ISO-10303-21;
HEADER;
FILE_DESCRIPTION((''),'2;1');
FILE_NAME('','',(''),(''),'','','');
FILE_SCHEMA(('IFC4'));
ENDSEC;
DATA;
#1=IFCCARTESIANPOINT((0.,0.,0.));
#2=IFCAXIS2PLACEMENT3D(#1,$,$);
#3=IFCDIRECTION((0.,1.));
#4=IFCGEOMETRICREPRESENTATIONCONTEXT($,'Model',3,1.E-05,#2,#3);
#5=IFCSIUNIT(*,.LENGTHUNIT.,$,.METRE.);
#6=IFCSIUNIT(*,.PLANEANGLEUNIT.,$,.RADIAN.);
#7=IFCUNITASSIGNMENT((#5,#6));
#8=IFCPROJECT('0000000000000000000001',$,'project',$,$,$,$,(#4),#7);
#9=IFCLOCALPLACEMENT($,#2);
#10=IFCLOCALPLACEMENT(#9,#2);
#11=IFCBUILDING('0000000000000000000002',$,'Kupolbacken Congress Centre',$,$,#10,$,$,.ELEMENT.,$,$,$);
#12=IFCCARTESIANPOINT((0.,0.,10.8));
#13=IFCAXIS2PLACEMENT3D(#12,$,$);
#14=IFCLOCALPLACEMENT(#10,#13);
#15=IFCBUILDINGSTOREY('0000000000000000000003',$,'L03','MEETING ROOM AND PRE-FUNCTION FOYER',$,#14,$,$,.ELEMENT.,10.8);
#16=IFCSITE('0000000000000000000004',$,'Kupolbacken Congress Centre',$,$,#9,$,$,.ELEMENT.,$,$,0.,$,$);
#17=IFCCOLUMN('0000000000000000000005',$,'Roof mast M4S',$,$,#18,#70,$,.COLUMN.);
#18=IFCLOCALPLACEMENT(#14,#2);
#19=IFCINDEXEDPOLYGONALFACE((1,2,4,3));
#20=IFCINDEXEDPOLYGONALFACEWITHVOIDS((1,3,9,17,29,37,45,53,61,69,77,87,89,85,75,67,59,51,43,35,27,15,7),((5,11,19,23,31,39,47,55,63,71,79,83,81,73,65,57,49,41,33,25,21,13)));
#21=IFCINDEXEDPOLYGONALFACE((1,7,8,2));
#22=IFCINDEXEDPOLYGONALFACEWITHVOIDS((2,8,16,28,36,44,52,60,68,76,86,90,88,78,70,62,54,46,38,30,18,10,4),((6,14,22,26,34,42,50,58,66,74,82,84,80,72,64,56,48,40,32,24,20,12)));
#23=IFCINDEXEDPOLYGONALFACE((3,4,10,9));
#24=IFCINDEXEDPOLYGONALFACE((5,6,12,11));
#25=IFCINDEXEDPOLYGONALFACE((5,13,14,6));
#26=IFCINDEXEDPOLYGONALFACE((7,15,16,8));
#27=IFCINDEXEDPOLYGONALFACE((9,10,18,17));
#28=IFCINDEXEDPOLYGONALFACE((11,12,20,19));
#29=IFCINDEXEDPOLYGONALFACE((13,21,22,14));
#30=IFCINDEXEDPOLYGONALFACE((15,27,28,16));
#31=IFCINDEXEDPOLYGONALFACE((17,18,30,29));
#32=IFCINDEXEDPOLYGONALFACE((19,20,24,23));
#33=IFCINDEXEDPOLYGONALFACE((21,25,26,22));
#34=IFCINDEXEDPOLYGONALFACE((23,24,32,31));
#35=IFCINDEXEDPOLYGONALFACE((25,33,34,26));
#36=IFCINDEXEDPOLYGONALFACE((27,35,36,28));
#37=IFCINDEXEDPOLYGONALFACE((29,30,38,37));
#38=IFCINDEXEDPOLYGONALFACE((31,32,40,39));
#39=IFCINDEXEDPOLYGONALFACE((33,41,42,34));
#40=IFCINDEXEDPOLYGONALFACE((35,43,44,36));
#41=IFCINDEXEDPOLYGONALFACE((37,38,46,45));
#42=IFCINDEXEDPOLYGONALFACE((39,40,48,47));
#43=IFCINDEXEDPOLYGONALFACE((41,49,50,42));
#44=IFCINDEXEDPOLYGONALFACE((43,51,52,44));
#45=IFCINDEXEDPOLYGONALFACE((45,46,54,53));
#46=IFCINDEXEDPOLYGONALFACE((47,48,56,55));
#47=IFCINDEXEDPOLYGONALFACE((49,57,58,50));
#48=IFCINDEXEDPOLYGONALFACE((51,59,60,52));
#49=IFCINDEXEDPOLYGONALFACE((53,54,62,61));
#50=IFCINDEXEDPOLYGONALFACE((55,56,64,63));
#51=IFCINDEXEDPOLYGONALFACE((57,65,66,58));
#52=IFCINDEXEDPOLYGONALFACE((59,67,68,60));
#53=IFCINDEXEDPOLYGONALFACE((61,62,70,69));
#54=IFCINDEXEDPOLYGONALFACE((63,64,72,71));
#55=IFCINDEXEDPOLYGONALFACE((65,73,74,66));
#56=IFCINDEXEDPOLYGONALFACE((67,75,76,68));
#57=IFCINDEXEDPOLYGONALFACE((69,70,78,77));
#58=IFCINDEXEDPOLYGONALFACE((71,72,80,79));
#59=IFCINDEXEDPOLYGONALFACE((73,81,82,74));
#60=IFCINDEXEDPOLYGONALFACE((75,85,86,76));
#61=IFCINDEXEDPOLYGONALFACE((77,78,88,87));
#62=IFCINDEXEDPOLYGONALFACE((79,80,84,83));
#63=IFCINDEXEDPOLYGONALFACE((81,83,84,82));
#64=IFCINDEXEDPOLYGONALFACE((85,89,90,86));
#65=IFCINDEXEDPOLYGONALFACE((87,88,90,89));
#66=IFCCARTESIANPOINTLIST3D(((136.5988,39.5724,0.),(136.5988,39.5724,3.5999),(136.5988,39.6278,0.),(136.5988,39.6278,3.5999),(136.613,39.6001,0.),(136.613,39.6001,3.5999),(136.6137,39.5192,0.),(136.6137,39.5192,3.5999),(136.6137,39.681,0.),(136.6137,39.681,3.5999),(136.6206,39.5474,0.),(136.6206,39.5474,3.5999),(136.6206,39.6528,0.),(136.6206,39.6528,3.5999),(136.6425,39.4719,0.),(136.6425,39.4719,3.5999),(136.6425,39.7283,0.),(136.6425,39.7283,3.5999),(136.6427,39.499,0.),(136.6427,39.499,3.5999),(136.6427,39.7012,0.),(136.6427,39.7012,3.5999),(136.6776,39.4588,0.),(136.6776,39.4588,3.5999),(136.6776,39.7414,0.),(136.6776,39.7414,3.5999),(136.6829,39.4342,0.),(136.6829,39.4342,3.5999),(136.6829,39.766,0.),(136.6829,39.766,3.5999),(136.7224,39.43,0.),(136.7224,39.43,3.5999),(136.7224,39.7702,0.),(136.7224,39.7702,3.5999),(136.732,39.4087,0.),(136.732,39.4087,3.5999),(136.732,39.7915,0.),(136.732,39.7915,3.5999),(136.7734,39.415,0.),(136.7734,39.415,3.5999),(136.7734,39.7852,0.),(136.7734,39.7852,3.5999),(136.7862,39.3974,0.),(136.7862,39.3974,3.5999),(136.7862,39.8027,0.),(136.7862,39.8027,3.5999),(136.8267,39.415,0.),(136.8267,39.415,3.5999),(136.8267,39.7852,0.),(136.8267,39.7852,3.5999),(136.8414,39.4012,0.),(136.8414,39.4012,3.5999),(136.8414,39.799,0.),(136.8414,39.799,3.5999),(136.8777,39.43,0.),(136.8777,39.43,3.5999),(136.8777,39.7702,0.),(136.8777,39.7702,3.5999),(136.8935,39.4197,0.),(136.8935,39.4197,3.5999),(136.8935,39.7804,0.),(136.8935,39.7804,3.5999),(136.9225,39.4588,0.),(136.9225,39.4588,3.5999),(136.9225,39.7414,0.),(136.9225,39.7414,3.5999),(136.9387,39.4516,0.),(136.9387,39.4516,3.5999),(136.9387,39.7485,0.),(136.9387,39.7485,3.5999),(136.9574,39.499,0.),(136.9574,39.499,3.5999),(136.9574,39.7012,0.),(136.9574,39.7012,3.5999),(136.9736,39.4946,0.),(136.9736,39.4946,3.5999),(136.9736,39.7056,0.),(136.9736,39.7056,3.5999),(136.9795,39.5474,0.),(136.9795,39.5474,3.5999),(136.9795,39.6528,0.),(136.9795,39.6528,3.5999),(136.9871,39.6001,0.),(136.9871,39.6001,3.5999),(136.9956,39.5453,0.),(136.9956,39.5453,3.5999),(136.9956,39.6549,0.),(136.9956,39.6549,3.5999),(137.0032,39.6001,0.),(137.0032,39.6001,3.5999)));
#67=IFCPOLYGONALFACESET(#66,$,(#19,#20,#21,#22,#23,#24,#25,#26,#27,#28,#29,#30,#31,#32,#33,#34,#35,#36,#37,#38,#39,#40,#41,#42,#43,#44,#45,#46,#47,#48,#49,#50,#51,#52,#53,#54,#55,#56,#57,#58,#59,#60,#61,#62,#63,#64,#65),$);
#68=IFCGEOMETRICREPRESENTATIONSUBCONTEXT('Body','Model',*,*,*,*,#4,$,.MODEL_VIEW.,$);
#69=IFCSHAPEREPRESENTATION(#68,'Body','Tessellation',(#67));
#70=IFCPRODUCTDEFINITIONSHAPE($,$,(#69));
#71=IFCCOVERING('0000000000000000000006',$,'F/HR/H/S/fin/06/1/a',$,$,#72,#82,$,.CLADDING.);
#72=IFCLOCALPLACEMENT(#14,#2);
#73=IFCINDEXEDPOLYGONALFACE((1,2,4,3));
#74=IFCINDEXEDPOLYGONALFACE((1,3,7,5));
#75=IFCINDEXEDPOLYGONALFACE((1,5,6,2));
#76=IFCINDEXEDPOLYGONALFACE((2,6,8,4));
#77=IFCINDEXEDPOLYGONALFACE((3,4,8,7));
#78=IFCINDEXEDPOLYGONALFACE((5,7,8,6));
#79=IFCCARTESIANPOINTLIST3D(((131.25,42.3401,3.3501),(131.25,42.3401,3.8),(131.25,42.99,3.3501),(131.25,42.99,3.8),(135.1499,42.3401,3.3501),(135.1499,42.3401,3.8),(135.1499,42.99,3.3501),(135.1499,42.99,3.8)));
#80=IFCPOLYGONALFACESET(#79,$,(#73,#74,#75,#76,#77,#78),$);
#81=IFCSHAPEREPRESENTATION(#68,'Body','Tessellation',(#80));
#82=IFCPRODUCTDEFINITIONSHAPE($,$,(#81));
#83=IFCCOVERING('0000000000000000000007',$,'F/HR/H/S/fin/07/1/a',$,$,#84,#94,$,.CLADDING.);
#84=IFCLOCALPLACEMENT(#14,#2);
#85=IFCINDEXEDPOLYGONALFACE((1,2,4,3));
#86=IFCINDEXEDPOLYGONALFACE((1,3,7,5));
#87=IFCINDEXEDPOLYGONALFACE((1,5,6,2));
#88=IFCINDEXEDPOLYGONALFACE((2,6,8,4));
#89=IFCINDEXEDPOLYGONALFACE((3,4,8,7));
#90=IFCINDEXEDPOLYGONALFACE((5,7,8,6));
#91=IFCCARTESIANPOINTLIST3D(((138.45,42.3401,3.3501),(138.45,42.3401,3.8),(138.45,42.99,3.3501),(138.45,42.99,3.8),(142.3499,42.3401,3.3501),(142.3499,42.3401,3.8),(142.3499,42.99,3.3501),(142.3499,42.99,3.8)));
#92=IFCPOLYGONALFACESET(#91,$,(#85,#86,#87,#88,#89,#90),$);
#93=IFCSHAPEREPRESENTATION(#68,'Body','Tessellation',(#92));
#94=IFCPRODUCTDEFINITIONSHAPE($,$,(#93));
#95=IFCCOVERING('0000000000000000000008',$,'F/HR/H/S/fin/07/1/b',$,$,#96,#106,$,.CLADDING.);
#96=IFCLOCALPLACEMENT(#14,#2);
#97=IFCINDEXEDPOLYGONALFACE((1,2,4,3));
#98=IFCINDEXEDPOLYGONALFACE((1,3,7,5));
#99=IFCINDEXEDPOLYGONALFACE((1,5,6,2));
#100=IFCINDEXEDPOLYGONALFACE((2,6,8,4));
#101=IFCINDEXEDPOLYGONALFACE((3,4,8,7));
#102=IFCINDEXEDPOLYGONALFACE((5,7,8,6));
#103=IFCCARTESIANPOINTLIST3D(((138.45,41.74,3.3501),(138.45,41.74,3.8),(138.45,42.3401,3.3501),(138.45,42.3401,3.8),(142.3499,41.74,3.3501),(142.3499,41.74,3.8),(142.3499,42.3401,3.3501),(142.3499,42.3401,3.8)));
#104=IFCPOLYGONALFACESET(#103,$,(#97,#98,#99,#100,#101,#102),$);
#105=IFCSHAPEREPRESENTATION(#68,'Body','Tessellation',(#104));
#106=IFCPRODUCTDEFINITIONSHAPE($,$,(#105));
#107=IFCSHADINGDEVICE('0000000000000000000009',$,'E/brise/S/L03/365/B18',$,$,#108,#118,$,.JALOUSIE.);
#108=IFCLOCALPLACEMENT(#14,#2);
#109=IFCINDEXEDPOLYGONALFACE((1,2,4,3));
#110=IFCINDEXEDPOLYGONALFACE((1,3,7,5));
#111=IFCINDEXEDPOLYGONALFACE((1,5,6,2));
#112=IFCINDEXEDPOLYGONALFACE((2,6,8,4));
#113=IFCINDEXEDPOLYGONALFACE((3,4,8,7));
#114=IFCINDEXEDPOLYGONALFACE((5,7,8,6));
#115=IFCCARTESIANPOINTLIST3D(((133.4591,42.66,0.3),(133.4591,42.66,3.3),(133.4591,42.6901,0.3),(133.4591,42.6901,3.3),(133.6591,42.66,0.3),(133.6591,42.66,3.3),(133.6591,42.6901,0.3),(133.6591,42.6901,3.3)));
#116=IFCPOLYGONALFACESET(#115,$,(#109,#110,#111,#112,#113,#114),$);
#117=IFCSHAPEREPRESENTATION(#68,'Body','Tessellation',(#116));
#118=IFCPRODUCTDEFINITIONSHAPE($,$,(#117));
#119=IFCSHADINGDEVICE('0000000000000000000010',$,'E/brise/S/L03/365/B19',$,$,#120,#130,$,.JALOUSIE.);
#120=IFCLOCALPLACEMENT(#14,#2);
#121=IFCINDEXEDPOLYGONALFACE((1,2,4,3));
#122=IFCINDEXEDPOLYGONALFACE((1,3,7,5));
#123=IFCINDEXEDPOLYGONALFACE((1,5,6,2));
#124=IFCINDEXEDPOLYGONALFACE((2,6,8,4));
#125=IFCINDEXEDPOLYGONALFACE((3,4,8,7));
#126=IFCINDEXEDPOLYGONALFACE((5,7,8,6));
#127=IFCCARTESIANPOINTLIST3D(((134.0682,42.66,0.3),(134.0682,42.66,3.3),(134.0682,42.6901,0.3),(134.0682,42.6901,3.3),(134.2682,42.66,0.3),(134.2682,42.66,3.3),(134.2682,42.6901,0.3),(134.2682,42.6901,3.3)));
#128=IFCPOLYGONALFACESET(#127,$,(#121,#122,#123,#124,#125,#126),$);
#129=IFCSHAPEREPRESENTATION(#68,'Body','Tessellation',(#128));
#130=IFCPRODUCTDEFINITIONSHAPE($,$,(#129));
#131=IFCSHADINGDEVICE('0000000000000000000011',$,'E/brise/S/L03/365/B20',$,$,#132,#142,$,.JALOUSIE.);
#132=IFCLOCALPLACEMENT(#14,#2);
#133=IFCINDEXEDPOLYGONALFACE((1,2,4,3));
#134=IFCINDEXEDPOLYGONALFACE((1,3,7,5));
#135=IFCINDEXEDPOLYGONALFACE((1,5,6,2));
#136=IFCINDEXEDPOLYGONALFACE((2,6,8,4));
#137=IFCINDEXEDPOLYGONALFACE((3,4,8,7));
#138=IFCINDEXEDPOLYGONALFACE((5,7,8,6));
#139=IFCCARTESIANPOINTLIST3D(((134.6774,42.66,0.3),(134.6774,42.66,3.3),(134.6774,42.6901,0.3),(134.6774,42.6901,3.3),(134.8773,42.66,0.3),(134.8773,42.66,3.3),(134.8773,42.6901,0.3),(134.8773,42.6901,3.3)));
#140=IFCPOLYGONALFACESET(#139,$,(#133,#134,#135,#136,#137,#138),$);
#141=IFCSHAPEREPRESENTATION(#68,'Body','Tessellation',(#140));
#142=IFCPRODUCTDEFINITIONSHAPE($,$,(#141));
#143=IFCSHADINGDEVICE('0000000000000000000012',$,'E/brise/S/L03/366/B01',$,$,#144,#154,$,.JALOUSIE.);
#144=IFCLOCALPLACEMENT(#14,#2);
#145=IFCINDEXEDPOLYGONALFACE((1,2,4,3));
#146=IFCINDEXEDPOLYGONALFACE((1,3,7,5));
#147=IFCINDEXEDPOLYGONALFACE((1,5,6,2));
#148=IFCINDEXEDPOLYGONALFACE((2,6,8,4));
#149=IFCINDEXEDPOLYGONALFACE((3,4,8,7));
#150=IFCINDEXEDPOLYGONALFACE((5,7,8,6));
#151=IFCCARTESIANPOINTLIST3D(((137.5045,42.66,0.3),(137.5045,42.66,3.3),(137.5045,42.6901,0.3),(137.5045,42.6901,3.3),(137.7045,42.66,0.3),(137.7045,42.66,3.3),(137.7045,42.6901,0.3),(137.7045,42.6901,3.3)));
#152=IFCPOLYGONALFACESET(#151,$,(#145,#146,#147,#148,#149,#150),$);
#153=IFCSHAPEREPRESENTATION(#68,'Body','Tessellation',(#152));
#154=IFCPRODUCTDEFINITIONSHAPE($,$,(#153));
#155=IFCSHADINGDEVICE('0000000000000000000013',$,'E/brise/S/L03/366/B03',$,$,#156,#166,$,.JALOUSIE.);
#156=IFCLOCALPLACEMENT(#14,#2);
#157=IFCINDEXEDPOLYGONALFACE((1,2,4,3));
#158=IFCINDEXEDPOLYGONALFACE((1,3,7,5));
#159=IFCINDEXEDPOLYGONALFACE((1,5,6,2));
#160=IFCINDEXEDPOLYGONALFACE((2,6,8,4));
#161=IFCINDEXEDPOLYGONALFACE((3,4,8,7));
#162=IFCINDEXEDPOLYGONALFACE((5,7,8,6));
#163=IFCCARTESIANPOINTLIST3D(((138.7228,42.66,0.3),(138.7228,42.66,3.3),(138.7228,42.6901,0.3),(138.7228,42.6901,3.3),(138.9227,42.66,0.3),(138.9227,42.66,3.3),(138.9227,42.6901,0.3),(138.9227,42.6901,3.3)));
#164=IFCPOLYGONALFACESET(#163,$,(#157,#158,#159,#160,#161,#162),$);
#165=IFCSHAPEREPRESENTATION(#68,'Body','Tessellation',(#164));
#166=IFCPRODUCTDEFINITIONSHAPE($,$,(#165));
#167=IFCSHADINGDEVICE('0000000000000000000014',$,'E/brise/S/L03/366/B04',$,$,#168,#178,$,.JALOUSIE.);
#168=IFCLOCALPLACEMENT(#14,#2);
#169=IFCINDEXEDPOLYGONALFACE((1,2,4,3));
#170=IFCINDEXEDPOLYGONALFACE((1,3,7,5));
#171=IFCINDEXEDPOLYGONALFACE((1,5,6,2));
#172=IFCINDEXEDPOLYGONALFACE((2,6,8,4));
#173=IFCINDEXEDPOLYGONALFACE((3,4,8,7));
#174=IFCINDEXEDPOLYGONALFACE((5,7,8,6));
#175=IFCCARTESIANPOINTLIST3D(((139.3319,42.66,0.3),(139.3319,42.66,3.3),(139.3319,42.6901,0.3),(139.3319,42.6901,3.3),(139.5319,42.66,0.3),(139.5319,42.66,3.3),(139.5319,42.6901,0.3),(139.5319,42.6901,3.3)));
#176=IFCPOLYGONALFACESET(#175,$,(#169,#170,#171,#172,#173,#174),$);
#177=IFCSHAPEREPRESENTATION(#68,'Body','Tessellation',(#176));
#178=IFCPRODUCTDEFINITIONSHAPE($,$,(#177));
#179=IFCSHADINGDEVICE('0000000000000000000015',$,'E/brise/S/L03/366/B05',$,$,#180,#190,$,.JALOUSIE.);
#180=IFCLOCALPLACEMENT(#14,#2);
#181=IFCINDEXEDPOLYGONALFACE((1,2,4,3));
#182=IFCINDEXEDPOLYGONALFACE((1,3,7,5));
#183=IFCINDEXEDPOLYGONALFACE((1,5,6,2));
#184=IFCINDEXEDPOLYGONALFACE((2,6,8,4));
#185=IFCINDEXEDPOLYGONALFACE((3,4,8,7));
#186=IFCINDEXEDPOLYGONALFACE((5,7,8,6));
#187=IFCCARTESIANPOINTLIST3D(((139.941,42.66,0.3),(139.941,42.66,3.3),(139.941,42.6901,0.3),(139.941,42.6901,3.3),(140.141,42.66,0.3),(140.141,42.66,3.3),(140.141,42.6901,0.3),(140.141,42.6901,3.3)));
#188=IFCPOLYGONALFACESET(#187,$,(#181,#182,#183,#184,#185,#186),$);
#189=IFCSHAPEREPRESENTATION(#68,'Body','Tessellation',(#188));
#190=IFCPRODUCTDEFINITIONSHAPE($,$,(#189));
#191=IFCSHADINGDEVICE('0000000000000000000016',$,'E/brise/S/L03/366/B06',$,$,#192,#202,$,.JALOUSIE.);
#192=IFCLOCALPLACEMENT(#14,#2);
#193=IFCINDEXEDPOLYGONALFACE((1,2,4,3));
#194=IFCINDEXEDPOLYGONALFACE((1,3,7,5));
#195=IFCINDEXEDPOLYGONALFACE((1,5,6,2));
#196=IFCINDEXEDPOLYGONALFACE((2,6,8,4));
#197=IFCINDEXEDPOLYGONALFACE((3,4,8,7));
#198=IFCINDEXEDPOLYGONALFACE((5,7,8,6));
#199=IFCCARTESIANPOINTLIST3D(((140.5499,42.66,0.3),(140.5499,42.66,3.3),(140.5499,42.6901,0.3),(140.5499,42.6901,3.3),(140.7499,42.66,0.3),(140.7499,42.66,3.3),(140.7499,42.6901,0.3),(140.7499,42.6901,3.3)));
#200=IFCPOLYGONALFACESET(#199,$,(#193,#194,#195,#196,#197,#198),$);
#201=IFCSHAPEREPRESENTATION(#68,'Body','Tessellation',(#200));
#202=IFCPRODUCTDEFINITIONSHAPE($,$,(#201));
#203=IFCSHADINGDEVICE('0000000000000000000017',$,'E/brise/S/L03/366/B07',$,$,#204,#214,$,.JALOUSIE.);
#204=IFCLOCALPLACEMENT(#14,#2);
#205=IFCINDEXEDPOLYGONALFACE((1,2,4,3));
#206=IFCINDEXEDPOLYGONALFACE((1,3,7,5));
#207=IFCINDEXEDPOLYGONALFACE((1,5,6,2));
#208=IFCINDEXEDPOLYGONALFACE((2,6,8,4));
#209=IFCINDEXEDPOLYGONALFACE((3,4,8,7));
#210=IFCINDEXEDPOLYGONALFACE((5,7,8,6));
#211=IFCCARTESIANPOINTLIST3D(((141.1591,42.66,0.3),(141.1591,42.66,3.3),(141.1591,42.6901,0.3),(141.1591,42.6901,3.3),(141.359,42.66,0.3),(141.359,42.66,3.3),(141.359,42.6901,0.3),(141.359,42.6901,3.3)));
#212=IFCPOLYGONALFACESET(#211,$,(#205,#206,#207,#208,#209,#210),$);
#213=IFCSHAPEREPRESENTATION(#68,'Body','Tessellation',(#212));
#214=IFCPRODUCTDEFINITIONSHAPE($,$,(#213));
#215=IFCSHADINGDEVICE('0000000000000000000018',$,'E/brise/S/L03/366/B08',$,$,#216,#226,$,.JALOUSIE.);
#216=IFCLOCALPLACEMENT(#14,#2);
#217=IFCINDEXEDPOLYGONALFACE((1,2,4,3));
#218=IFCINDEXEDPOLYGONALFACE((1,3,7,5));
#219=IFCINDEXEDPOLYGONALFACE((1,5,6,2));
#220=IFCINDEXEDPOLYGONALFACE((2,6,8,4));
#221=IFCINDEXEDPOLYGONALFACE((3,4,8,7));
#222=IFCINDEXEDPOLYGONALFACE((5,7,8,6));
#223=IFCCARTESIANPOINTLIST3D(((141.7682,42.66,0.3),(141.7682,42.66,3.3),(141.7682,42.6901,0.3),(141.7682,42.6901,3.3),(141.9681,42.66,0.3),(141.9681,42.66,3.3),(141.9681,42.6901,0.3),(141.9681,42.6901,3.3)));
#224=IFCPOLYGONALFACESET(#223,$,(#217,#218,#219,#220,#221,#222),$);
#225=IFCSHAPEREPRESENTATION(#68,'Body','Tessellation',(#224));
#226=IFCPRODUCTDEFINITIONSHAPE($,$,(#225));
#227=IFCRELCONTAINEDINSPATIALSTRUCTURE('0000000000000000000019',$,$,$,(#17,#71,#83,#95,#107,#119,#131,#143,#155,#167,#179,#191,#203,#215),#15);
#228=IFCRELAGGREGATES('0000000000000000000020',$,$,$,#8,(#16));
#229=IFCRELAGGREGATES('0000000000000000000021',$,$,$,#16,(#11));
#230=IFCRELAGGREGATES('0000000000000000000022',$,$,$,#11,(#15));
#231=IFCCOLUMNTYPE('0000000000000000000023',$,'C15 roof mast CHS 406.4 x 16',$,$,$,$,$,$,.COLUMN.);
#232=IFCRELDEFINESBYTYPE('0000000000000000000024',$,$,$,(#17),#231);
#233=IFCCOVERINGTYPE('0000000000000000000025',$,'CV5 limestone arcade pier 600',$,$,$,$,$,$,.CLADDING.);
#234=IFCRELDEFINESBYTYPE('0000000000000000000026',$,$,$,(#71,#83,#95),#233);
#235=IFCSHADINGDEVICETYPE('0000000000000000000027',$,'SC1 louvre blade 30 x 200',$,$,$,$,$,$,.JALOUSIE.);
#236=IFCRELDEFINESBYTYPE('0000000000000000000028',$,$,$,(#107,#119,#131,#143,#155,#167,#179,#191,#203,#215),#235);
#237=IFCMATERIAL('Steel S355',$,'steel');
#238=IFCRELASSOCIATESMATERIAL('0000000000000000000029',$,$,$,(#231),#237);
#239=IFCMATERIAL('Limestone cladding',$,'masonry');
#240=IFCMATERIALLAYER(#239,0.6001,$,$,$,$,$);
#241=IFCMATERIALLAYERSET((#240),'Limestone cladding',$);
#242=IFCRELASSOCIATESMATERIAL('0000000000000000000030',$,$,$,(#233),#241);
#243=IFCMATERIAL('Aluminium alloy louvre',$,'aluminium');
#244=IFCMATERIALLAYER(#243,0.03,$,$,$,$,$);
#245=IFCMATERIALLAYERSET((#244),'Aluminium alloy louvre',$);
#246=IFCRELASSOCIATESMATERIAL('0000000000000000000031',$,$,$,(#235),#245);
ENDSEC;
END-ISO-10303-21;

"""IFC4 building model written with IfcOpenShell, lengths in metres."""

from ifc_helpers import new_model, si_unit, direction, frame, origin, origin_2d, place, context, subcontext, project, spatial, rectangle, hollow_circle, extrude, material, layer, layer_set, material_profile, profile_set, type_object, element, save


model = new_model("IFC4")

# Units and contexts
model_context = context("Model", 3, precision=1e-05, world=origin(), true_north=direction((0.0, 1.0)))
body_context = subcontext(model_context, "Body", "Model", "MODEL_VIEW")
ifc_project = project(units=[si_unit("LENGTHUNIT", "METRE"), si_unit("PLANEANGLEUNIT", "RADIAN")], contexts=[model_context])

# Site, building, storey
site_placement = place(None, origin())
site = spatial("IfcSite", under=ifc_project, at=site_placement, Name="Kupolbacken Congress Centre", CompositionType="ELEMENT", RefElevation=0.0)
building_placement = place(site_placement, origin())
building = spatial("IfcBuilding", under=site, at=building_placement, Name="Kupolbacken Congress Centre", CompositionType="ELEMENT")
storey_placement = place(building_placement, frame((0.0, 0.0, 10.8)))
storey = spatial("IfcBuildingStorey", under=building, at=storey_placement, Name="L03", Description="MEETING ROOM AND PRE-FUNCTION FOYER", CompositionType="ELEMENT", Elevation=10.8)

# Column
ifc_material_1 = material(Name="Steel S355", Category="steel")
ifc_material_profile = material_profile(ifc_material_1, hollow_circle(Radius=0.2031, WallThickness=0.0161, at=origin_2d()), Name="CHS 406.4 x 16")
ifc_profile_set = profile_set([ifc_material_profile], Name="Steel S355")
column_type = type_object("IfcColumnType", Name="C15 roof mast CHS 406.4 x 16", PredefinedType="COLUMN", material=ifc_profile_set)
column_placement = place(storey_placement, frame((136.8, 39.6001, 0.0), z_axis=(0.0, 0.0, 1.0), x_axis=(1.0, 0.0, 0.0)))
element("IfcColumn", 1, at=column_placement, inside=storey, type_object=column_type, Name="Roof mast M4S", PredefinedType="COLUMN", context=body_context, shape_type="SweptSolid", body=[
    extrude(hollow_circle(Radius=0.2031, WallThickness=0.0161, at=origin_2d()), origin(), (0.0, 0.0, 1.0), 3.5999),
])

# Coverings
ifc_material_2 = material(Name="Limestone cladding", Category="masonry")
ifc_layer_1 = layer(ifc_material_2, 0.6001)
ifc_layer_set_1 = layer_set([ifc_layer_1], Name="Limestone cladding")
covering_type = type_object("IfcCoveringType", Name="CV5 limestone arcade pier 600", PredefinedType="CLADDING", material=ifc_layer_set_1)
for number, where, z_axis, x_axis, name in (
    (2, (133.2, 42.665, 3.3501), (0.0, 0.0, 1.0), (1.0, 0.0, 0.0), "F/HR/H/S/fin/06/1/a"),
    (3, (140.3999, 42.665, 3.3501), (0.0, 0.0, 1.0), (1.0, 0.0, 0.0), "F/HR/H/S/fin/07/1/a"),
):
    element("IfcCovering", number, at=place(storey_placement, frame(where, z_axis=z_axis, x_axis=x_axis)), inside=storey, type_object=covering_type, Name=name, PredefinedType="CLADDING", context=body_context, shape_type="SweptSolid", body=[
        extrude(rectangle(XDim=3.8999, YDim=0.6499, at=origin_2d()), origin(), (0.0, 0.0, 1.0), 0.45),
    ])
covering_placement = place(storey_placement, frame((140.3999, 42.04, 3.3501), z_axis=(0.0, 0.0, 1.0), x_axis=(1.0, 0.0, 0.0)))
element("IfcCovering", 4, at=covering_placement, inside=storey, type_object=covering_type, Name="F/HR/H/S/fin/07/1/b", PredefinedType="CLADDING", context=body_context, shape_type="SweptSolid", body=[
    extrude(rectangle(XDim=3.8999, YDim=0.6001, at=origin_2d()), origin(), (0.0, 0.0, 1.0), 0.45),
])

# Shading devices
ifc_material_3 = material(Name="Aluminium alloy louvre", Category="aluminium")
ifc_layer_2 = layer(ifc_material_3, 0.03)
ifc_layer_set_2 = layer_set([ifc_layer_2], Name="Aluminium alloy louvre")
shading_device_type = type_object("IfcShadingDeviceType", Name="SC1 louvre blade 30 x 200", PredefinedType="JALOUSIE", material=ifc_layer_set_2)
for number, where, z_axis, x_axis, name in (
    (5, (133.5591, 42.675, 0.3), (0.0, 0.0, 1.0), (1.0, 0.0, 0.0), "E/brise/S/L03/365/B18"),
    (6, (134.1682, 42.675, 0.3), (0.0, 0.0, 1.0), (1.0, 0.0, 0.0), "E/brise/S/L03/365/B19"),
    (7, (134.7773, 42.675, 0.3), (0.0, 0.0, 1.0), (1.0, 0.0, 0.0), "E/brise/S/L03/365/B20"),
    (8, (137.6045, 42.675, 0.3), (0.0, 0.0, 1.0), (1.0, 0.0, 0.0), "E/brise/S/L03/366/B01"),
    (9, (138.8228, 42.675, 0.3), (0.0, 0.0, 1.0), (1.0, 0.0, 0.0), "E/brise/S/L03/366/B03"),
    (10, (139.4319, 42.675, 0.3), (0.0, 0.0, 1.0), (1.0, 0.0, 0.0), "E/brise/S/L03/366/B04"),
    (11, (140.041, 42.675, 0.3), (0.0, 0.0, 1.0), (1.0, 0.0, 0.0), "E/brise/S/L03/366/B05"),
    (12, (140.6499, 42.675, 0.3), (0.0, 0.0, 1.0), (1.0, 0.0, 0.0), "E/brise/S/L03/366/B06"),
    (13, (141.259, 42.675, 0.3), (0.0, 0.0, 1.0), (1.0, 0.0, 0.0), "E/brise/S/L03/366/B07"),
    (14, (141.8682, 42.675, 0.3), (0.0, 0.0, 1.0), (1.0, 0.0, 0.0), "E/brise/S/L03/366/B08"),
):
    element("IfcShadingDevice", number, at=place(storey_placement, frame(where, z_axis=z_axis, x_axis=x_axis)), inside=storey, type_object=shading_device_type, Name=name, PredefinedType="JALOUSIE", context=body_context, shape_type="SweptSolid", body=[
        extrude(rectangle(XDim=0.2, YDim=0.03, at=origin_2d()), origin(), (0.0, 0.0, 1.0), 3.0),
    ])

save(model, "model.ifc")
